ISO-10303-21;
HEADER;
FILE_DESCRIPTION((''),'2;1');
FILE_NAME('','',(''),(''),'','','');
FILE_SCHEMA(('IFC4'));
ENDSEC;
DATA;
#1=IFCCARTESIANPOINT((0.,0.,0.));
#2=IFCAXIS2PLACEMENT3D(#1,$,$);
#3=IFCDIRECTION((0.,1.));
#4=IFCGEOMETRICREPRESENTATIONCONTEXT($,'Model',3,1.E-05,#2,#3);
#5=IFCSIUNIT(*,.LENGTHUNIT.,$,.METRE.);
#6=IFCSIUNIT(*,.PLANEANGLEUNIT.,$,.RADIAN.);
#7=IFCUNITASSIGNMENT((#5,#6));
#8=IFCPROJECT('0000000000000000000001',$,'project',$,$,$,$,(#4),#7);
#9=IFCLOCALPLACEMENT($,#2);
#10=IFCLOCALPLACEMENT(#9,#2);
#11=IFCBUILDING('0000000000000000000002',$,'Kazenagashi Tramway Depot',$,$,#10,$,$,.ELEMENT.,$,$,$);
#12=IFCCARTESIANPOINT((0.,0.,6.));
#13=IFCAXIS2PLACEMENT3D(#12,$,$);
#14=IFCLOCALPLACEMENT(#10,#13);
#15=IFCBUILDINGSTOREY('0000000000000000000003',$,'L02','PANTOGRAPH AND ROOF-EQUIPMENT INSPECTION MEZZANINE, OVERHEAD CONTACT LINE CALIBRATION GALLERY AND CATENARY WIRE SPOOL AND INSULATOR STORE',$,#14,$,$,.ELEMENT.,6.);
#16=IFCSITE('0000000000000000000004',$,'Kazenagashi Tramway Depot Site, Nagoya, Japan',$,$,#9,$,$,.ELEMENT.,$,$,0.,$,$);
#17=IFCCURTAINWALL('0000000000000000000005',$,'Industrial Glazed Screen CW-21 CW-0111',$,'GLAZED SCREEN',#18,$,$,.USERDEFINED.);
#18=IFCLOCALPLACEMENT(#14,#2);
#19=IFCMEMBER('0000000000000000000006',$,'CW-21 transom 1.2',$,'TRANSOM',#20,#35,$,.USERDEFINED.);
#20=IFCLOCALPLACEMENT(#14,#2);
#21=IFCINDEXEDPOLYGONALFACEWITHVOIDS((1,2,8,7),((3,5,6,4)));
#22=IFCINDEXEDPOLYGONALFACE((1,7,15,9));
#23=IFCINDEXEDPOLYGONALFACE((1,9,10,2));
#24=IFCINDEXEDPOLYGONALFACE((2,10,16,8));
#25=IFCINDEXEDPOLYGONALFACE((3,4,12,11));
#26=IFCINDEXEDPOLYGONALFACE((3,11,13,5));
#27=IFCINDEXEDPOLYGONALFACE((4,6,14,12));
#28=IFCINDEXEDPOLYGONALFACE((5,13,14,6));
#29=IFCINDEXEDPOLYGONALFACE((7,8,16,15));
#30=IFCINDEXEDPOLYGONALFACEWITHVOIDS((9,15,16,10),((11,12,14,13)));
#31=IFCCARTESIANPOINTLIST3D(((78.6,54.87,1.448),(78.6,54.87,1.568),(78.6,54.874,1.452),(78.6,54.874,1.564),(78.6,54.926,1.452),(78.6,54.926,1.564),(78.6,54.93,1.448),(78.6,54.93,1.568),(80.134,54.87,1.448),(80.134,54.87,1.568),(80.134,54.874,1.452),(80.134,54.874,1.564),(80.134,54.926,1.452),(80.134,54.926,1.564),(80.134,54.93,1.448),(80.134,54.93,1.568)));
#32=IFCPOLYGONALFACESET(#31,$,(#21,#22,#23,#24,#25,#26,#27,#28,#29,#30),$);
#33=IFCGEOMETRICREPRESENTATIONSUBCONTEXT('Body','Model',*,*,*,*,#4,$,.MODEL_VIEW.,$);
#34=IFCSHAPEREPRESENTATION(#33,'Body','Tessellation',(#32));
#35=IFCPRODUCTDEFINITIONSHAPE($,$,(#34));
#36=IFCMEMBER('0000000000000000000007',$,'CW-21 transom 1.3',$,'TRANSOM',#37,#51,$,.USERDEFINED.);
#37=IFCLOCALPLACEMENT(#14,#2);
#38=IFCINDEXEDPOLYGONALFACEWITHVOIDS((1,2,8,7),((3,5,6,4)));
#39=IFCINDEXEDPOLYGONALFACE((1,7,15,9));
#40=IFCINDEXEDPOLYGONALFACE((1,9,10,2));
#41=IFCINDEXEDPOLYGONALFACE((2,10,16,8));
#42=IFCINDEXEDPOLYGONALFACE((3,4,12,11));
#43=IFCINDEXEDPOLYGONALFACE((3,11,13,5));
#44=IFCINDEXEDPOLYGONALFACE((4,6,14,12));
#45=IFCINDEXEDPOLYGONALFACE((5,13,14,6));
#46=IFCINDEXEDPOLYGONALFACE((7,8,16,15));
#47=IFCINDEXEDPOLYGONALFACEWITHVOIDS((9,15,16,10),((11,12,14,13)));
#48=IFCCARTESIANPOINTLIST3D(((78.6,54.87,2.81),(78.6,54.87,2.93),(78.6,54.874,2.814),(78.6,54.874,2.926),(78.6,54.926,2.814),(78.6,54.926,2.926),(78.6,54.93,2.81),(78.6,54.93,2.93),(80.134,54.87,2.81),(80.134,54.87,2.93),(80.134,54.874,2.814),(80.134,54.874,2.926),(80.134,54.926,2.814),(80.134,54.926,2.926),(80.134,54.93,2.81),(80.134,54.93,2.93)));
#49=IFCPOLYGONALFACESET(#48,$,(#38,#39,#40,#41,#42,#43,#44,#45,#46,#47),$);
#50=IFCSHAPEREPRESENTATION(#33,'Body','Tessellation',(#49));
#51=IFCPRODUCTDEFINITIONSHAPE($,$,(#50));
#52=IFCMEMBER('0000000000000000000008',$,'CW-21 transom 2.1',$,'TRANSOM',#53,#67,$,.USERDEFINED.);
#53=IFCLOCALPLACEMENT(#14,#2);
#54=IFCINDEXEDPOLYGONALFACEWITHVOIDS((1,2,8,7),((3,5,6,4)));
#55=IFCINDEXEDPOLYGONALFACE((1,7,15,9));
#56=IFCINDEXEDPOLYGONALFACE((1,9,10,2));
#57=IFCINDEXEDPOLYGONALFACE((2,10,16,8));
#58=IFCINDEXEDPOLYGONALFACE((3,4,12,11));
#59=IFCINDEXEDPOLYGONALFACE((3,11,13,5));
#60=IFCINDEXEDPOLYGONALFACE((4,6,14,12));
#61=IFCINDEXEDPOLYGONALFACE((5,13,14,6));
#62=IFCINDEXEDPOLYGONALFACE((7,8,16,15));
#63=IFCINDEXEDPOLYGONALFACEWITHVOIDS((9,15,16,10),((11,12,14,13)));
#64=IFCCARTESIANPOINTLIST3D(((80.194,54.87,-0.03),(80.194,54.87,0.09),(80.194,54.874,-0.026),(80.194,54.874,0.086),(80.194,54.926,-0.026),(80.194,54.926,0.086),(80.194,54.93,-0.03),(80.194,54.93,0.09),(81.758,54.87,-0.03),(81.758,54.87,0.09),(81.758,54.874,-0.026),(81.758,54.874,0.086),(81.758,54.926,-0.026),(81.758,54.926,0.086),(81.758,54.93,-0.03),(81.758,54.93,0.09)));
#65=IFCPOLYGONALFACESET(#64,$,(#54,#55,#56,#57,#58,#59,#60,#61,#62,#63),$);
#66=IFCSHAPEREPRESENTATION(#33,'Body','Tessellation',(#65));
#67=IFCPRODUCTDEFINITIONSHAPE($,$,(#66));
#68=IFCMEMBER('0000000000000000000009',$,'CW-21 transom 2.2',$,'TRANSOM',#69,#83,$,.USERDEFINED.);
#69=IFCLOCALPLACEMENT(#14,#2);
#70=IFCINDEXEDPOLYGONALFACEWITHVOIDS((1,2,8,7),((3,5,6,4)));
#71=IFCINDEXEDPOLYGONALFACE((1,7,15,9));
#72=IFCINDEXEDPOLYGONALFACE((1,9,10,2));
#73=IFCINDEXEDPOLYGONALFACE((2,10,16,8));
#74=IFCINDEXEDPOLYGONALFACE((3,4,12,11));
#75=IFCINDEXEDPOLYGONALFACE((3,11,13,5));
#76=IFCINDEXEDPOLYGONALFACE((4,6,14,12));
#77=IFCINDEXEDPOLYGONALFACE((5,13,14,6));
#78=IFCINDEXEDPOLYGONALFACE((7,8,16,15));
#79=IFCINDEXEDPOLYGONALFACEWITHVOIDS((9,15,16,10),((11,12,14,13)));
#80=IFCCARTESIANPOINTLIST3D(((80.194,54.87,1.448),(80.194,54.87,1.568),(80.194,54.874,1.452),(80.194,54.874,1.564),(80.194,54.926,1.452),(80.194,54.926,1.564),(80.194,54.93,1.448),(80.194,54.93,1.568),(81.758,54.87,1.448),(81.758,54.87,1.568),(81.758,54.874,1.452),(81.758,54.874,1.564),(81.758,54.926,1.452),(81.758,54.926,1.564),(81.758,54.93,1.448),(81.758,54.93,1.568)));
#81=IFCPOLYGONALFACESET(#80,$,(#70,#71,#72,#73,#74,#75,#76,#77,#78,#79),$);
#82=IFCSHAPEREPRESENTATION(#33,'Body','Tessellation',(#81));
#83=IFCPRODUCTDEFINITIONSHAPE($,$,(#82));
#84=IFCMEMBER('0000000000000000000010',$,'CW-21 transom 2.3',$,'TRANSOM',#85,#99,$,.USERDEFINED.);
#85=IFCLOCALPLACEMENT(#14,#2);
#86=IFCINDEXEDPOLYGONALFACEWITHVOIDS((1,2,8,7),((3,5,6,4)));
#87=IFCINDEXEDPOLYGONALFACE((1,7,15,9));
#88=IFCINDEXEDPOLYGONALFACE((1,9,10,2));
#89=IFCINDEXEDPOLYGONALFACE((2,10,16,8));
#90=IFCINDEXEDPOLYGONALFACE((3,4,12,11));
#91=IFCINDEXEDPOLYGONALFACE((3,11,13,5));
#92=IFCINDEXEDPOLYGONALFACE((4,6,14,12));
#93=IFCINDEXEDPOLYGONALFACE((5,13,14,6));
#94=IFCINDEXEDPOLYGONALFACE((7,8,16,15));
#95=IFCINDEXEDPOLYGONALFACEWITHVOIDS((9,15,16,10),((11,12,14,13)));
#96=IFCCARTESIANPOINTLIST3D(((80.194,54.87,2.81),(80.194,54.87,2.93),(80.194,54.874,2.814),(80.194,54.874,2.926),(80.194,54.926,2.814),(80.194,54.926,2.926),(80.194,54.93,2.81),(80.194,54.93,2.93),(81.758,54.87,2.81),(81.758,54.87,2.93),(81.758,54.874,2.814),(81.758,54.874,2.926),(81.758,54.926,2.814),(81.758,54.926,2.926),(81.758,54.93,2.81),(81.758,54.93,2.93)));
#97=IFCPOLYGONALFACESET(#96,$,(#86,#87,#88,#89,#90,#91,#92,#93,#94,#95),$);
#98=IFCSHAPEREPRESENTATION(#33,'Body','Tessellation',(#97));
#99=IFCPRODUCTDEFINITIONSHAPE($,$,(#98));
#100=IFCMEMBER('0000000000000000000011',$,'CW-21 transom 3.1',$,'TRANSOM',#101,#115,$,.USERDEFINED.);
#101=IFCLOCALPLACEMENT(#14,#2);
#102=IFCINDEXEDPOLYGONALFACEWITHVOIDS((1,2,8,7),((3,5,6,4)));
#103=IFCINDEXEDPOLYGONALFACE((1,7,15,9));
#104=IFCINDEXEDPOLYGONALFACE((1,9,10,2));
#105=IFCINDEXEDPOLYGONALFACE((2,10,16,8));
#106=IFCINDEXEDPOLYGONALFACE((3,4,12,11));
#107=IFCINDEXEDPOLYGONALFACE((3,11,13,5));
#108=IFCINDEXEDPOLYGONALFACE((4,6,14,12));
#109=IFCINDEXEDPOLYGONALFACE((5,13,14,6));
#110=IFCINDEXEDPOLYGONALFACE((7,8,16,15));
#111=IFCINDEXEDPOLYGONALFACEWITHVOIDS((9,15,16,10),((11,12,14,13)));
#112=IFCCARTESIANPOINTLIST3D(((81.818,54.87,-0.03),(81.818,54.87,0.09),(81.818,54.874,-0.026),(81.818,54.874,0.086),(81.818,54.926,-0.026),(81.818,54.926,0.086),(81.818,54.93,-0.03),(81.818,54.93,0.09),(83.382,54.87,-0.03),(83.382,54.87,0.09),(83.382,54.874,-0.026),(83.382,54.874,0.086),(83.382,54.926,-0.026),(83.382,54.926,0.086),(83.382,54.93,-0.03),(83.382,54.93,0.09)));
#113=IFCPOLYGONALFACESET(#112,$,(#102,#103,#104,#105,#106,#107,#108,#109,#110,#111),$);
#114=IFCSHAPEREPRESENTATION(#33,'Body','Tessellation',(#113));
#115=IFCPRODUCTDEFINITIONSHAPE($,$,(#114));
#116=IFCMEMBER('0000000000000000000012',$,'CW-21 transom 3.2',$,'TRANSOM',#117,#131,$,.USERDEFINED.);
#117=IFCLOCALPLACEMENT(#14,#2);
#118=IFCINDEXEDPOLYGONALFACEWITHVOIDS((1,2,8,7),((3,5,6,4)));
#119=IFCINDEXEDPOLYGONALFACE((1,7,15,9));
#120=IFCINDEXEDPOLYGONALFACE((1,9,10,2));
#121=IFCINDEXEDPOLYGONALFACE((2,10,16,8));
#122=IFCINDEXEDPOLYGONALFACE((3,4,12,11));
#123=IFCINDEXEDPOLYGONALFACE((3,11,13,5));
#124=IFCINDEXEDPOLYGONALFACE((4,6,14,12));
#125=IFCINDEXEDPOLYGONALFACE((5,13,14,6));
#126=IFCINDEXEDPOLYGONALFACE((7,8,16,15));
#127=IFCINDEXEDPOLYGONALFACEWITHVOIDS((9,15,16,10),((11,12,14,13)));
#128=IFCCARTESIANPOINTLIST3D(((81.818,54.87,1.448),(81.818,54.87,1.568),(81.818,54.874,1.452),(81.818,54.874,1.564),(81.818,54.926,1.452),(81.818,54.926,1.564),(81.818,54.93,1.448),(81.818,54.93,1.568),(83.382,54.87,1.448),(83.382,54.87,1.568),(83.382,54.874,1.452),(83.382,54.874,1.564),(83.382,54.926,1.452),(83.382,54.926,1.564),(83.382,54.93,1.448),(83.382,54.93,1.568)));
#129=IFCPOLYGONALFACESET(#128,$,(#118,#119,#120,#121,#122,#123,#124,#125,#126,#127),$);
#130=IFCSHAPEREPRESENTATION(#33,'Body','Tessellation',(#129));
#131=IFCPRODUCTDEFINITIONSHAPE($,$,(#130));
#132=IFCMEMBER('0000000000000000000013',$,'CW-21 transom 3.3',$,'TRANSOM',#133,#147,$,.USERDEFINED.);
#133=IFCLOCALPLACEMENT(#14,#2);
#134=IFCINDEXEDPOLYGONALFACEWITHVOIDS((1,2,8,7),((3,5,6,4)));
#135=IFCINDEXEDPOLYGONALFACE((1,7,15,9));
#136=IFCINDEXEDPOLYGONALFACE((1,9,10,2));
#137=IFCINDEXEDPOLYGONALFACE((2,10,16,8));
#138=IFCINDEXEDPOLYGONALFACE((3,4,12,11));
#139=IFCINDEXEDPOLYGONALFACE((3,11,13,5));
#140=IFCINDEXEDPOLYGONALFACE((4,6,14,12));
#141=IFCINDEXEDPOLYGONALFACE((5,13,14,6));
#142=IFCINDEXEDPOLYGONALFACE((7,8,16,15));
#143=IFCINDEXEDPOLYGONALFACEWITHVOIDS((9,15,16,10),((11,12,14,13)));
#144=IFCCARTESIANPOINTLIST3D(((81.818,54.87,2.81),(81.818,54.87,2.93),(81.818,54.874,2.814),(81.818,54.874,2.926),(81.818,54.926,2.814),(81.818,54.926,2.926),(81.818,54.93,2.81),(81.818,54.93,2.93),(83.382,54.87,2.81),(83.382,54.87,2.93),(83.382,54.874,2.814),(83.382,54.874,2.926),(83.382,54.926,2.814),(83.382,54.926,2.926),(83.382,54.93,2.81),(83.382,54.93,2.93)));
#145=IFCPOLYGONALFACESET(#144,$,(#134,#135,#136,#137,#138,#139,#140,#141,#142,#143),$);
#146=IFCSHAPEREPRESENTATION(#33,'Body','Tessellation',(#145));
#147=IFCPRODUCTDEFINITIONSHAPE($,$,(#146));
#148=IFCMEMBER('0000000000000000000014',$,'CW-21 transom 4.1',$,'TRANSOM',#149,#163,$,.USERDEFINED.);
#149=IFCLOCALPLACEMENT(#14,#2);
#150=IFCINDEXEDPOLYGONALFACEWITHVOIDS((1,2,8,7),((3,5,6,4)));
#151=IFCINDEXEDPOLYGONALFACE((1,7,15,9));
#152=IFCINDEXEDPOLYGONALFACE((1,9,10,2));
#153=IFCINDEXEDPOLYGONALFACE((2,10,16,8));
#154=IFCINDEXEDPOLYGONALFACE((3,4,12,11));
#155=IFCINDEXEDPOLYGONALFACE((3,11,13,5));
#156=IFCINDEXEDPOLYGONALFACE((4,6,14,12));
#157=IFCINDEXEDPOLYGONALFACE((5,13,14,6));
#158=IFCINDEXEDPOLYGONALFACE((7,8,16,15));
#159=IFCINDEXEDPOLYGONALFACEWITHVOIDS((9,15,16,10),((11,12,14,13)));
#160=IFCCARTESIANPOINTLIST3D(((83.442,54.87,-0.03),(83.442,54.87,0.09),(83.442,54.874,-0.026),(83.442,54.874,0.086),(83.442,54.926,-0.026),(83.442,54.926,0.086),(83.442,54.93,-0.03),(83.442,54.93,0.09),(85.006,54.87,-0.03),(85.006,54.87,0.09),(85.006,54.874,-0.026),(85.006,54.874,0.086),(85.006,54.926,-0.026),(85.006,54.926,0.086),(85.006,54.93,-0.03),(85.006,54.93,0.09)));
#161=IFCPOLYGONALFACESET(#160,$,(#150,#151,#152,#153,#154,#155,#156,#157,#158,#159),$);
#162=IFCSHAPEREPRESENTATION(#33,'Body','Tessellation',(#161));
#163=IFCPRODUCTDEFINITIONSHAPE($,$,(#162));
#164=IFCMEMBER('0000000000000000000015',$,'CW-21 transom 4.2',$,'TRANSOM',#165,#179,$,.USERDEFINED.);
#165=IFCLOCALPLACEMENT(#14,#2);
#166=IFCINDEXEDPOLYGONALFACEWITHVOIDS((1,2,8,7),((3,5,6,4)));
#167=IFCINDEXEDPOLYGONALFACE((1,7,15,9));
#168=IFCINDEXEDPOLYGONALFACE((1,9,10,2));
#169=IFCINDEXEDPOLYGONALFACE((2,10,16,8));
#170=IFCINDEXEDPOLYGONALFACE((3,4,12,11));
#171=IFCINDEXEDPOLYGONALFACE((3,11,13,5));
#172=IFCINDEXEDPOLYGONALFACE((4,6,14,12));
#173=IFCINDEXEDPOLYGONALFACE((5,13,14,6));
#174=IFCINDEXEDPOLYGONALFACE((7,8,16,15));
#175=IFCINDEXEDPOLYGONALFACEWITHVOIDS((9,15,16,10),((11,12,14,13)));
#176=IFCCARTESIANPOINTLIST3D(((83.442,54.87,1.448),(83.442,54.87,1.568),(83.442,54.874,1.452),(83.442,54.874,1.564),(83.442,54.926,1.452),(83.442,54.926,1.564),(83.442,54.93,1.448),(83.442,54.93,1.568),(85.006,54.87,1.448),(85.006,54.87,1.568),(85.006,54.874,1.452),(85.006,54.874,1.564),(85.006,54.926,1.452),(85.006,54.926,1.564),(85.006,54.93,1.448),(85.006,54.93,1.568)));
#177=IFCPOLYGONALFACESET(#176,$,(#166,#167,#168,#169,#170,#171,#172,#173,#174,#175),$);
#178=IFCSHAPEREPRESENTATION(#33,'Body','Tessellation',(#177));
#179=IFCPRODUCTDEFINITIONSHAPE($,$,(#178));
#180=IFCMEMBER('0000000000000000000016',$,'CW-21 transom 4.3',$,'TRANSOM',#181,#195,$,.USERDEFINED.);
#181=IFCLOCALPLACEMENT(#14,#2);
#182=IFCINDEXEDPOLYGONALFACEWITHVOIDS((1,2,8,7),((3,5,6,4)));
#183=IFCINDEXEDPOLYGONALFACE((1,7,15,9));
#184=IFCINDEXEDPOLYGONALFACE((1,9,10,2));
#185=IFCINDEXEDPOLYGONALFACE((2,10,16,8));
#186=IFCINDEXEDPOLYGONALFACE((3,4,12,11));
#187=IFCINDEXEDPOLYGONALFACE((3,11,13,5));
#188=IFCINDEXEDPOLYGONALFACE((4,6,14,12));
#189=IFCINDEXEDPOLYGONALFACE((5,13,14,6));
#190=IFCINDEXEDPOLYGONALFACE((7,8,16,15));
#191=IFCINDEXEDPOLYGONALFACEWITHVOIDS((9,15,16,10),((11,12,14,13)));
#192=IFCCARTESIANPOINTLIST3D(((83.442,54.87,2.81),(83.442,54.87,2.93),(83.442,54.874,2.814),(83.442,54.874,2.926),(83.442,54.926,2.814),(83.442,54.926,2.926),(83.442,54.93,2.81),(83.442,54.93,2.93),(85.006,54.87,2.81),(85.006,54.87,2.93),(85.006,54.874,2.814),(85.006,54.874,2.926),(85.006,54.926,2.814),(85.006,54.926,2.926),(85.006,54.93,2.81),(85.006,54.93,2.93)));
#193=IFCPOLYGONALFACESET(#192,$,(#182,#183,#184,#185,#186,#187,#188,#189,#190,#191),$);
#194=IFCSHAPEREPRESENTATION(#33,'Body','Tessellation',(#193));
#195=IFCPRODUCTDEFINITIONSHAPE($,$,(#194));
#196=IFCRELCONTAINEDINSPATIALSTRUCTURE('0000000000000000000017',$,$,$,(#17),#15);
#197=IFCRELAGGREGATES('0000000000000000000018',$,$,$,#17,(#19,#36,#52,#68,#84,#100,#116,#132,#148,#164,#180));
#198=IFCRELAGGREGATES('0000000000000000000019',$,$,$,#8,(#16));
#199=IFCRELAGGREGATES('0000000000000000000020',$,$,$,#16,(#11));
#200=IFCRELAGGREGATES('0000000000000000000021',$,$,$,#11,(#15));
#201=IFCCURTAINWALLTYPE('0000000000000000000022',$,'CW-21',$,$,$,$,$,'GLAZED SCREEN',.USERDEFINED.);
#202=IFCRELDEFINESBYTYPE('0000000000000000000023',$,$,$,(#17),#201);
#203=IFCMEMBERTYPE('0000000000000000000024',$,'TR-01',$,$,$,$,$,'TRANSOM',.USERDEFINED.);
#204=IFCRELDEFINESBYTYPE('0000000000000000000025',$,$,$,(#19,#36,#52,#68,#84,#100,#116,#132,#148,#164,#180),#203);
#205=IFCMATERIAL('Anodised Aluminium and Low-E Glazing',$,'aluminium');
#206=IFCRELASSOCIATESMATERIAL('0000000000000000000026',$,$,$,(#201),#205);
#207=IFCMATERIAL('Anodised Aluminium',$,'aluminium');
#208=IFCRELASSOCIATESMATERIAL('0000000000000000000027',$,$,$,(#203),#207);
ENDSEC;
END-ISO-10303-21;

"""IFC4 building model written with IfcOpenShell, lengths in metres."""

from ifc_helpers import new_model, si_unit, direction, frame, origin, origin_2d, place, context, subcontext, project, spatial, hollow_rectangle, extrude, material, material_profile, profile_set, type_object, element, aggregate, save


model = new_model("IFC4")

# Units and contexts
model_context = context("Model", 3, precision=1e-05, world=origin(), true_north=direction((0.0, 1.0)))
body_context = subcontext(model_context, "Body", "Model", "MODEL_VIEW")
ifc_project = project(units=[si_unit("LENGTHUNIT", "METRE"), si_unit("PLANEANGLEUNIT", "RADIAN")], contexts=[model_context])

# Site, building, storey
site_placement = place(None, origin())
site = spatial("IfcSite", under=ifc_project, at=site_placement, Name="Kazenagashi Tramway Depot Site, Nagoya, Japan", CompositionType="ELEMENT", RefElevation=0.0)
building_placement = place(site_placement, origin())
building = spatial("IfcBuilding", under=site, at=building_placement, Name="Kazenagashi Tramway Depot", CompositionType="ELEMENT")
storey_placement = place(building_placement, frame((0.0, 0.0, 6.0)))
storey = spatial("IfcBuildingStorey", under=building, at=storey_placement, Name="L02", Description="PANTOGRAPH AND ROOF-EQUIPMENT INSPECTION MEZZANINE, OVERHEAD CONTACT LINE CALIBRATION GALLERY AND CATENARY WIRE SPOOL AND INSULATOR STORE", CompositionType="ELEMENT", Elevation=6.0)

# Curtain wall
ifc_material_1 = material(Name="Anodised Aluminium and Low-E Glazing", Category="aluminium")
curtain_wall_type = type_object("IfcCurtainWallType", Name="CW-21", ElementType="GLAZED SCREEN", PredefinedType="USERDEFINED", material=ifc_material_1)
curtain_wall_placement = place(storey_placement, origin())
curtain_wall = element("IfcCurtainWall", 1, at=curtain_wall_placement, inside=storey, type_object=curtain_wall_type, Name="Industrial Glazed Screen CW-21 CW-0111", ObjectType="GLAZED SCREEN", PredefinedType="USERDEFINED")
ifc_material_2 = material(Name="Anodised Aluminium", Category="aluminium")

# Members
ifc_material_profile_1 = material_profile(ifc_material_2, hollow_rectangle(XDim=0.06, YDim=0.12, WallThickness=0.004, at=origin_2d()), Name="RHS-120x60x4")
ifc_profile_set_1 = profile_set([ifc_material_profile_1], Name="Anodised Aluminium")
member_type_1 = type_object("IfcMemberType", Name="TR-01", ElementType="TRANSOM", PredefinedType="USERDEFINED", material=ifc_profile_set_1)
member_1_placement = place(storey_placement, frame((78.6, 54.9, 1.508), z_axis=(1.0, 0.0, 0.0), x_axis=(0.0, 1.0, 0.0)))
member_1 = element("IfcMember", 2, at=member_1_placement, type_object=member_type_1, Name="CW-21 transom 1.2", ObjectType="TRANSOM", PredefinedType="USERDEFINED", context=body_context, shape_type="SweptSolid", body=[
    extrude(hollow_rectangle(XDim=0.06, YDim=0.12, WallThickness=0.004, at=origin_2d()), origin(), (0.0, 0.0, 1.0), 1.534),
])
member_2_placement = place(storey_placement, frame((78.6, 54.9, 2.87), z_axis=(1.0, 0.0, 0.0), x_axis=(0.0, 1.0, 0.0)))
member_2 = element("IfcMember", 3, at=member_2_placement, type_object=member_type_1, Name="CW-21 transom 1.3", ObjectType="TRANSOM", PredefinedType="USERDEFINED", context=body_context, shape_type="SweptSolid", body=[
    extrude(hollow_rectangle(XDim=0.06, YDim=0.12, WallThickness=0.004, at=origin_2d()), origin(), (0.0, 0.0, 1.0), 1.534),
])
member_3_placement = place(storey_placement, frame((80.194, 54.9, 0.03), z_axis=(1.0, 0.0, 0.0), x_axis=(0.0, 1.0, 0.0)))
member_3 = element("IfcMember", 4, at=member_3_placement, type_object=member_type_1, Name="CW-21 transom 2.1", ObjectType="TRANSOM", PredefinedType="USERDEFINED", context=body_context, shape_type="SweptSolid", body=[
    extrude(hollow_rectangle(XDim=0.06, YDim=0.12, WallThickness=0.004, at=origin_2d()), origin(), (0.0, 0.0, 1.0), 1.564),
])
member_4_placement = place(storey_placement, frame((80.194, 54.9, 1.508), z_axis=(1.0, 0.0, 0.0), x_axis=(0.0, 1.0, 0.0)))
member_4 = element("IfcMember", 5, at=member_4_placement, type_object=member_type_1, Name="CW-21 transom 2.2", ObjectType="TRANSOM", PredefinedType="USERDEFINED", context=body_context, shape_type="SweptSolid", body=[
    extrude(hollow_rectangle(XDim=0.06, YDim=0.12, WallThickness=0.004, at=origin_2d()), origin(), (0.0, 0.0, 1.0), 1.564),
])
member_5_placement = place(storey_placement, frame((80.194, 54.9, 2.87), z_axis=(1.0, 0.0, 0.0), x_axis=(0.0, 1.0, 0.0)))
member_5 = element("IfcMember", 6, at=member_5_placement, type_object=member_type_1, Name="CW-21 transom 2.3", ObjectType="TRANSOM", PredefinedType="USERDEFINED", context=body_context, shape_type="SweptSolid", body=[
    extrude(hollow_rectangle(XDim=0.06, YDim=0.12, WallThickness=0.004, at=origin_2d()), origin(), (0.0, 0.0, 1.0), 1.564),
])
member_6_placement = place(storey_placement, frame((81.818, 54.9, 0.03), z_axis=(1.0, 0.0, 0.0), x_axis=(0.0, 1.0, 0.0)))
member_6 = element("IfcMember", 7, at=member_6_placement, type_object=member_type_1, Name="CW-21 transom 3.1", ObjectType="TRANSOM", PredefinedType="USERDEFINED", context=body_context, shape_type="SweptSolid", body=[
    extrude(hollow_rectangle(XDim=0.06, YDim=0.12, WallThickness=0.004, at=origin_2d()), origin(), (0.0, 0.0, 1.0), 1.564),
])
member_7_placement = place(storey_placement, frame((81.818, 54.9, 1.508), z_axis=(1.0, 0.0, 0.0), x_axis=(0.0, 1.0, 0.0)))
member_7 = element("IfcMember", 8, at=member_7_placement, type_object=member_type_1, Name="CW-21 transom 3.2", ObjectType="TRANSOM", PredefinedType="USERDEFINED", context=body_context, shape_type="SweptSolid", body=[
    extrude(hollow_rectangle(XDim=0.06, YDim=0.12, WallThickness=0.004, at=origin_2d()), origin(), (0.0, 0.0, 1.0), 1.564),
])
member_8_placement = place(storey_placement, frame((81.818, 54.9, 2.87), z_axis=(1.0, 0.0, 0.0), x_axis=(0.0, 1.0, 0.0)))
member_8 = element("IfcMember", 9, at=member_8_placement, type_object=member_type_1, Name="CW-21 transom 3.3", ObjectType="TRANSOM", PredefinedType="USERDEFINED", context=body_context, shape_type="SweptSolid", body=[
    extrude(hollow_rectangle(XDim=0.06, YDim=0.12, WallThickness=0.004, at=origin_2d()), origin(), (0.0, 0.0, 1.0), 1.564),
])
member_9_placement = place(storey_placement, frame((83.442, 54.9, 0.03), z_axis=(1.0, 0.0, 0.0), x_axis=(0.0, 1.0, 0.0)))
member_9 = element("IfcMember", 10, at=member_9_placement, type_object=member_type_1, Name="CW-21 transom 4.1", ObjectType="TRANSOM", PredefinedType="USERDEFINED", context=body_context, shape_type="SweptSolid", body=[
    extrude(hollow_rectangle(XDim=0.06, YDim=0.12, WallThickness=0.004, at=origin_2d()), origin(), (0.0, 0.0, 1.0), 1.564),
])
member_10_placement = place(storey_placement, frame((83.442, 54.9, 1.508), z_axis=(1.0, 0.0, 0.0), x_axis=(0.0, 1.0, 0.0)))
member_10 = element("IfcMember", 11, at=member_10_placement, type_object=member_type_1, Name="CW-21 transom 4.2", ObjectType="TRANSOM", PredefinedType="USERDEFINED", context=body_context, shape_type="SweptSolid", body=[
    extrude(hollow_rectangle(XDim=0.06, YDim=0.12, WallThickness=0.004, at=origin_2d()), origin(), (0.0, 0.0, 1.0), 1.564),
])
member_11_placement = place(storey_placement, frame((83.442, 54.9, 2.87), z_axis=(1.0, 0.0, 0.0), x_axis=(0.0, 1.0, 0.0)))
member_11 = element("IfcMember", 12, at=member_11_placement, type_object=member_type_1, Name="CW-21 transom 4.3", ObjectType="TRANSOM", PredefinedType="USERDEFINED", context=body_context, shape_type="SweptSolid", body=[
    extrude(hollow_rectangle(XDim=0.06, YDim=0.12, WallThickness=0.004, at=origin_2d()), origin(), (0.0, 0.0, 1.0), 1.564),
])

aggregate(curtain_wall, [member_1, member_2, member_3, member_4, member_5, member_6, member_7, member_8, member_9, member_10, member_11])

save(model, "model.ifc")
